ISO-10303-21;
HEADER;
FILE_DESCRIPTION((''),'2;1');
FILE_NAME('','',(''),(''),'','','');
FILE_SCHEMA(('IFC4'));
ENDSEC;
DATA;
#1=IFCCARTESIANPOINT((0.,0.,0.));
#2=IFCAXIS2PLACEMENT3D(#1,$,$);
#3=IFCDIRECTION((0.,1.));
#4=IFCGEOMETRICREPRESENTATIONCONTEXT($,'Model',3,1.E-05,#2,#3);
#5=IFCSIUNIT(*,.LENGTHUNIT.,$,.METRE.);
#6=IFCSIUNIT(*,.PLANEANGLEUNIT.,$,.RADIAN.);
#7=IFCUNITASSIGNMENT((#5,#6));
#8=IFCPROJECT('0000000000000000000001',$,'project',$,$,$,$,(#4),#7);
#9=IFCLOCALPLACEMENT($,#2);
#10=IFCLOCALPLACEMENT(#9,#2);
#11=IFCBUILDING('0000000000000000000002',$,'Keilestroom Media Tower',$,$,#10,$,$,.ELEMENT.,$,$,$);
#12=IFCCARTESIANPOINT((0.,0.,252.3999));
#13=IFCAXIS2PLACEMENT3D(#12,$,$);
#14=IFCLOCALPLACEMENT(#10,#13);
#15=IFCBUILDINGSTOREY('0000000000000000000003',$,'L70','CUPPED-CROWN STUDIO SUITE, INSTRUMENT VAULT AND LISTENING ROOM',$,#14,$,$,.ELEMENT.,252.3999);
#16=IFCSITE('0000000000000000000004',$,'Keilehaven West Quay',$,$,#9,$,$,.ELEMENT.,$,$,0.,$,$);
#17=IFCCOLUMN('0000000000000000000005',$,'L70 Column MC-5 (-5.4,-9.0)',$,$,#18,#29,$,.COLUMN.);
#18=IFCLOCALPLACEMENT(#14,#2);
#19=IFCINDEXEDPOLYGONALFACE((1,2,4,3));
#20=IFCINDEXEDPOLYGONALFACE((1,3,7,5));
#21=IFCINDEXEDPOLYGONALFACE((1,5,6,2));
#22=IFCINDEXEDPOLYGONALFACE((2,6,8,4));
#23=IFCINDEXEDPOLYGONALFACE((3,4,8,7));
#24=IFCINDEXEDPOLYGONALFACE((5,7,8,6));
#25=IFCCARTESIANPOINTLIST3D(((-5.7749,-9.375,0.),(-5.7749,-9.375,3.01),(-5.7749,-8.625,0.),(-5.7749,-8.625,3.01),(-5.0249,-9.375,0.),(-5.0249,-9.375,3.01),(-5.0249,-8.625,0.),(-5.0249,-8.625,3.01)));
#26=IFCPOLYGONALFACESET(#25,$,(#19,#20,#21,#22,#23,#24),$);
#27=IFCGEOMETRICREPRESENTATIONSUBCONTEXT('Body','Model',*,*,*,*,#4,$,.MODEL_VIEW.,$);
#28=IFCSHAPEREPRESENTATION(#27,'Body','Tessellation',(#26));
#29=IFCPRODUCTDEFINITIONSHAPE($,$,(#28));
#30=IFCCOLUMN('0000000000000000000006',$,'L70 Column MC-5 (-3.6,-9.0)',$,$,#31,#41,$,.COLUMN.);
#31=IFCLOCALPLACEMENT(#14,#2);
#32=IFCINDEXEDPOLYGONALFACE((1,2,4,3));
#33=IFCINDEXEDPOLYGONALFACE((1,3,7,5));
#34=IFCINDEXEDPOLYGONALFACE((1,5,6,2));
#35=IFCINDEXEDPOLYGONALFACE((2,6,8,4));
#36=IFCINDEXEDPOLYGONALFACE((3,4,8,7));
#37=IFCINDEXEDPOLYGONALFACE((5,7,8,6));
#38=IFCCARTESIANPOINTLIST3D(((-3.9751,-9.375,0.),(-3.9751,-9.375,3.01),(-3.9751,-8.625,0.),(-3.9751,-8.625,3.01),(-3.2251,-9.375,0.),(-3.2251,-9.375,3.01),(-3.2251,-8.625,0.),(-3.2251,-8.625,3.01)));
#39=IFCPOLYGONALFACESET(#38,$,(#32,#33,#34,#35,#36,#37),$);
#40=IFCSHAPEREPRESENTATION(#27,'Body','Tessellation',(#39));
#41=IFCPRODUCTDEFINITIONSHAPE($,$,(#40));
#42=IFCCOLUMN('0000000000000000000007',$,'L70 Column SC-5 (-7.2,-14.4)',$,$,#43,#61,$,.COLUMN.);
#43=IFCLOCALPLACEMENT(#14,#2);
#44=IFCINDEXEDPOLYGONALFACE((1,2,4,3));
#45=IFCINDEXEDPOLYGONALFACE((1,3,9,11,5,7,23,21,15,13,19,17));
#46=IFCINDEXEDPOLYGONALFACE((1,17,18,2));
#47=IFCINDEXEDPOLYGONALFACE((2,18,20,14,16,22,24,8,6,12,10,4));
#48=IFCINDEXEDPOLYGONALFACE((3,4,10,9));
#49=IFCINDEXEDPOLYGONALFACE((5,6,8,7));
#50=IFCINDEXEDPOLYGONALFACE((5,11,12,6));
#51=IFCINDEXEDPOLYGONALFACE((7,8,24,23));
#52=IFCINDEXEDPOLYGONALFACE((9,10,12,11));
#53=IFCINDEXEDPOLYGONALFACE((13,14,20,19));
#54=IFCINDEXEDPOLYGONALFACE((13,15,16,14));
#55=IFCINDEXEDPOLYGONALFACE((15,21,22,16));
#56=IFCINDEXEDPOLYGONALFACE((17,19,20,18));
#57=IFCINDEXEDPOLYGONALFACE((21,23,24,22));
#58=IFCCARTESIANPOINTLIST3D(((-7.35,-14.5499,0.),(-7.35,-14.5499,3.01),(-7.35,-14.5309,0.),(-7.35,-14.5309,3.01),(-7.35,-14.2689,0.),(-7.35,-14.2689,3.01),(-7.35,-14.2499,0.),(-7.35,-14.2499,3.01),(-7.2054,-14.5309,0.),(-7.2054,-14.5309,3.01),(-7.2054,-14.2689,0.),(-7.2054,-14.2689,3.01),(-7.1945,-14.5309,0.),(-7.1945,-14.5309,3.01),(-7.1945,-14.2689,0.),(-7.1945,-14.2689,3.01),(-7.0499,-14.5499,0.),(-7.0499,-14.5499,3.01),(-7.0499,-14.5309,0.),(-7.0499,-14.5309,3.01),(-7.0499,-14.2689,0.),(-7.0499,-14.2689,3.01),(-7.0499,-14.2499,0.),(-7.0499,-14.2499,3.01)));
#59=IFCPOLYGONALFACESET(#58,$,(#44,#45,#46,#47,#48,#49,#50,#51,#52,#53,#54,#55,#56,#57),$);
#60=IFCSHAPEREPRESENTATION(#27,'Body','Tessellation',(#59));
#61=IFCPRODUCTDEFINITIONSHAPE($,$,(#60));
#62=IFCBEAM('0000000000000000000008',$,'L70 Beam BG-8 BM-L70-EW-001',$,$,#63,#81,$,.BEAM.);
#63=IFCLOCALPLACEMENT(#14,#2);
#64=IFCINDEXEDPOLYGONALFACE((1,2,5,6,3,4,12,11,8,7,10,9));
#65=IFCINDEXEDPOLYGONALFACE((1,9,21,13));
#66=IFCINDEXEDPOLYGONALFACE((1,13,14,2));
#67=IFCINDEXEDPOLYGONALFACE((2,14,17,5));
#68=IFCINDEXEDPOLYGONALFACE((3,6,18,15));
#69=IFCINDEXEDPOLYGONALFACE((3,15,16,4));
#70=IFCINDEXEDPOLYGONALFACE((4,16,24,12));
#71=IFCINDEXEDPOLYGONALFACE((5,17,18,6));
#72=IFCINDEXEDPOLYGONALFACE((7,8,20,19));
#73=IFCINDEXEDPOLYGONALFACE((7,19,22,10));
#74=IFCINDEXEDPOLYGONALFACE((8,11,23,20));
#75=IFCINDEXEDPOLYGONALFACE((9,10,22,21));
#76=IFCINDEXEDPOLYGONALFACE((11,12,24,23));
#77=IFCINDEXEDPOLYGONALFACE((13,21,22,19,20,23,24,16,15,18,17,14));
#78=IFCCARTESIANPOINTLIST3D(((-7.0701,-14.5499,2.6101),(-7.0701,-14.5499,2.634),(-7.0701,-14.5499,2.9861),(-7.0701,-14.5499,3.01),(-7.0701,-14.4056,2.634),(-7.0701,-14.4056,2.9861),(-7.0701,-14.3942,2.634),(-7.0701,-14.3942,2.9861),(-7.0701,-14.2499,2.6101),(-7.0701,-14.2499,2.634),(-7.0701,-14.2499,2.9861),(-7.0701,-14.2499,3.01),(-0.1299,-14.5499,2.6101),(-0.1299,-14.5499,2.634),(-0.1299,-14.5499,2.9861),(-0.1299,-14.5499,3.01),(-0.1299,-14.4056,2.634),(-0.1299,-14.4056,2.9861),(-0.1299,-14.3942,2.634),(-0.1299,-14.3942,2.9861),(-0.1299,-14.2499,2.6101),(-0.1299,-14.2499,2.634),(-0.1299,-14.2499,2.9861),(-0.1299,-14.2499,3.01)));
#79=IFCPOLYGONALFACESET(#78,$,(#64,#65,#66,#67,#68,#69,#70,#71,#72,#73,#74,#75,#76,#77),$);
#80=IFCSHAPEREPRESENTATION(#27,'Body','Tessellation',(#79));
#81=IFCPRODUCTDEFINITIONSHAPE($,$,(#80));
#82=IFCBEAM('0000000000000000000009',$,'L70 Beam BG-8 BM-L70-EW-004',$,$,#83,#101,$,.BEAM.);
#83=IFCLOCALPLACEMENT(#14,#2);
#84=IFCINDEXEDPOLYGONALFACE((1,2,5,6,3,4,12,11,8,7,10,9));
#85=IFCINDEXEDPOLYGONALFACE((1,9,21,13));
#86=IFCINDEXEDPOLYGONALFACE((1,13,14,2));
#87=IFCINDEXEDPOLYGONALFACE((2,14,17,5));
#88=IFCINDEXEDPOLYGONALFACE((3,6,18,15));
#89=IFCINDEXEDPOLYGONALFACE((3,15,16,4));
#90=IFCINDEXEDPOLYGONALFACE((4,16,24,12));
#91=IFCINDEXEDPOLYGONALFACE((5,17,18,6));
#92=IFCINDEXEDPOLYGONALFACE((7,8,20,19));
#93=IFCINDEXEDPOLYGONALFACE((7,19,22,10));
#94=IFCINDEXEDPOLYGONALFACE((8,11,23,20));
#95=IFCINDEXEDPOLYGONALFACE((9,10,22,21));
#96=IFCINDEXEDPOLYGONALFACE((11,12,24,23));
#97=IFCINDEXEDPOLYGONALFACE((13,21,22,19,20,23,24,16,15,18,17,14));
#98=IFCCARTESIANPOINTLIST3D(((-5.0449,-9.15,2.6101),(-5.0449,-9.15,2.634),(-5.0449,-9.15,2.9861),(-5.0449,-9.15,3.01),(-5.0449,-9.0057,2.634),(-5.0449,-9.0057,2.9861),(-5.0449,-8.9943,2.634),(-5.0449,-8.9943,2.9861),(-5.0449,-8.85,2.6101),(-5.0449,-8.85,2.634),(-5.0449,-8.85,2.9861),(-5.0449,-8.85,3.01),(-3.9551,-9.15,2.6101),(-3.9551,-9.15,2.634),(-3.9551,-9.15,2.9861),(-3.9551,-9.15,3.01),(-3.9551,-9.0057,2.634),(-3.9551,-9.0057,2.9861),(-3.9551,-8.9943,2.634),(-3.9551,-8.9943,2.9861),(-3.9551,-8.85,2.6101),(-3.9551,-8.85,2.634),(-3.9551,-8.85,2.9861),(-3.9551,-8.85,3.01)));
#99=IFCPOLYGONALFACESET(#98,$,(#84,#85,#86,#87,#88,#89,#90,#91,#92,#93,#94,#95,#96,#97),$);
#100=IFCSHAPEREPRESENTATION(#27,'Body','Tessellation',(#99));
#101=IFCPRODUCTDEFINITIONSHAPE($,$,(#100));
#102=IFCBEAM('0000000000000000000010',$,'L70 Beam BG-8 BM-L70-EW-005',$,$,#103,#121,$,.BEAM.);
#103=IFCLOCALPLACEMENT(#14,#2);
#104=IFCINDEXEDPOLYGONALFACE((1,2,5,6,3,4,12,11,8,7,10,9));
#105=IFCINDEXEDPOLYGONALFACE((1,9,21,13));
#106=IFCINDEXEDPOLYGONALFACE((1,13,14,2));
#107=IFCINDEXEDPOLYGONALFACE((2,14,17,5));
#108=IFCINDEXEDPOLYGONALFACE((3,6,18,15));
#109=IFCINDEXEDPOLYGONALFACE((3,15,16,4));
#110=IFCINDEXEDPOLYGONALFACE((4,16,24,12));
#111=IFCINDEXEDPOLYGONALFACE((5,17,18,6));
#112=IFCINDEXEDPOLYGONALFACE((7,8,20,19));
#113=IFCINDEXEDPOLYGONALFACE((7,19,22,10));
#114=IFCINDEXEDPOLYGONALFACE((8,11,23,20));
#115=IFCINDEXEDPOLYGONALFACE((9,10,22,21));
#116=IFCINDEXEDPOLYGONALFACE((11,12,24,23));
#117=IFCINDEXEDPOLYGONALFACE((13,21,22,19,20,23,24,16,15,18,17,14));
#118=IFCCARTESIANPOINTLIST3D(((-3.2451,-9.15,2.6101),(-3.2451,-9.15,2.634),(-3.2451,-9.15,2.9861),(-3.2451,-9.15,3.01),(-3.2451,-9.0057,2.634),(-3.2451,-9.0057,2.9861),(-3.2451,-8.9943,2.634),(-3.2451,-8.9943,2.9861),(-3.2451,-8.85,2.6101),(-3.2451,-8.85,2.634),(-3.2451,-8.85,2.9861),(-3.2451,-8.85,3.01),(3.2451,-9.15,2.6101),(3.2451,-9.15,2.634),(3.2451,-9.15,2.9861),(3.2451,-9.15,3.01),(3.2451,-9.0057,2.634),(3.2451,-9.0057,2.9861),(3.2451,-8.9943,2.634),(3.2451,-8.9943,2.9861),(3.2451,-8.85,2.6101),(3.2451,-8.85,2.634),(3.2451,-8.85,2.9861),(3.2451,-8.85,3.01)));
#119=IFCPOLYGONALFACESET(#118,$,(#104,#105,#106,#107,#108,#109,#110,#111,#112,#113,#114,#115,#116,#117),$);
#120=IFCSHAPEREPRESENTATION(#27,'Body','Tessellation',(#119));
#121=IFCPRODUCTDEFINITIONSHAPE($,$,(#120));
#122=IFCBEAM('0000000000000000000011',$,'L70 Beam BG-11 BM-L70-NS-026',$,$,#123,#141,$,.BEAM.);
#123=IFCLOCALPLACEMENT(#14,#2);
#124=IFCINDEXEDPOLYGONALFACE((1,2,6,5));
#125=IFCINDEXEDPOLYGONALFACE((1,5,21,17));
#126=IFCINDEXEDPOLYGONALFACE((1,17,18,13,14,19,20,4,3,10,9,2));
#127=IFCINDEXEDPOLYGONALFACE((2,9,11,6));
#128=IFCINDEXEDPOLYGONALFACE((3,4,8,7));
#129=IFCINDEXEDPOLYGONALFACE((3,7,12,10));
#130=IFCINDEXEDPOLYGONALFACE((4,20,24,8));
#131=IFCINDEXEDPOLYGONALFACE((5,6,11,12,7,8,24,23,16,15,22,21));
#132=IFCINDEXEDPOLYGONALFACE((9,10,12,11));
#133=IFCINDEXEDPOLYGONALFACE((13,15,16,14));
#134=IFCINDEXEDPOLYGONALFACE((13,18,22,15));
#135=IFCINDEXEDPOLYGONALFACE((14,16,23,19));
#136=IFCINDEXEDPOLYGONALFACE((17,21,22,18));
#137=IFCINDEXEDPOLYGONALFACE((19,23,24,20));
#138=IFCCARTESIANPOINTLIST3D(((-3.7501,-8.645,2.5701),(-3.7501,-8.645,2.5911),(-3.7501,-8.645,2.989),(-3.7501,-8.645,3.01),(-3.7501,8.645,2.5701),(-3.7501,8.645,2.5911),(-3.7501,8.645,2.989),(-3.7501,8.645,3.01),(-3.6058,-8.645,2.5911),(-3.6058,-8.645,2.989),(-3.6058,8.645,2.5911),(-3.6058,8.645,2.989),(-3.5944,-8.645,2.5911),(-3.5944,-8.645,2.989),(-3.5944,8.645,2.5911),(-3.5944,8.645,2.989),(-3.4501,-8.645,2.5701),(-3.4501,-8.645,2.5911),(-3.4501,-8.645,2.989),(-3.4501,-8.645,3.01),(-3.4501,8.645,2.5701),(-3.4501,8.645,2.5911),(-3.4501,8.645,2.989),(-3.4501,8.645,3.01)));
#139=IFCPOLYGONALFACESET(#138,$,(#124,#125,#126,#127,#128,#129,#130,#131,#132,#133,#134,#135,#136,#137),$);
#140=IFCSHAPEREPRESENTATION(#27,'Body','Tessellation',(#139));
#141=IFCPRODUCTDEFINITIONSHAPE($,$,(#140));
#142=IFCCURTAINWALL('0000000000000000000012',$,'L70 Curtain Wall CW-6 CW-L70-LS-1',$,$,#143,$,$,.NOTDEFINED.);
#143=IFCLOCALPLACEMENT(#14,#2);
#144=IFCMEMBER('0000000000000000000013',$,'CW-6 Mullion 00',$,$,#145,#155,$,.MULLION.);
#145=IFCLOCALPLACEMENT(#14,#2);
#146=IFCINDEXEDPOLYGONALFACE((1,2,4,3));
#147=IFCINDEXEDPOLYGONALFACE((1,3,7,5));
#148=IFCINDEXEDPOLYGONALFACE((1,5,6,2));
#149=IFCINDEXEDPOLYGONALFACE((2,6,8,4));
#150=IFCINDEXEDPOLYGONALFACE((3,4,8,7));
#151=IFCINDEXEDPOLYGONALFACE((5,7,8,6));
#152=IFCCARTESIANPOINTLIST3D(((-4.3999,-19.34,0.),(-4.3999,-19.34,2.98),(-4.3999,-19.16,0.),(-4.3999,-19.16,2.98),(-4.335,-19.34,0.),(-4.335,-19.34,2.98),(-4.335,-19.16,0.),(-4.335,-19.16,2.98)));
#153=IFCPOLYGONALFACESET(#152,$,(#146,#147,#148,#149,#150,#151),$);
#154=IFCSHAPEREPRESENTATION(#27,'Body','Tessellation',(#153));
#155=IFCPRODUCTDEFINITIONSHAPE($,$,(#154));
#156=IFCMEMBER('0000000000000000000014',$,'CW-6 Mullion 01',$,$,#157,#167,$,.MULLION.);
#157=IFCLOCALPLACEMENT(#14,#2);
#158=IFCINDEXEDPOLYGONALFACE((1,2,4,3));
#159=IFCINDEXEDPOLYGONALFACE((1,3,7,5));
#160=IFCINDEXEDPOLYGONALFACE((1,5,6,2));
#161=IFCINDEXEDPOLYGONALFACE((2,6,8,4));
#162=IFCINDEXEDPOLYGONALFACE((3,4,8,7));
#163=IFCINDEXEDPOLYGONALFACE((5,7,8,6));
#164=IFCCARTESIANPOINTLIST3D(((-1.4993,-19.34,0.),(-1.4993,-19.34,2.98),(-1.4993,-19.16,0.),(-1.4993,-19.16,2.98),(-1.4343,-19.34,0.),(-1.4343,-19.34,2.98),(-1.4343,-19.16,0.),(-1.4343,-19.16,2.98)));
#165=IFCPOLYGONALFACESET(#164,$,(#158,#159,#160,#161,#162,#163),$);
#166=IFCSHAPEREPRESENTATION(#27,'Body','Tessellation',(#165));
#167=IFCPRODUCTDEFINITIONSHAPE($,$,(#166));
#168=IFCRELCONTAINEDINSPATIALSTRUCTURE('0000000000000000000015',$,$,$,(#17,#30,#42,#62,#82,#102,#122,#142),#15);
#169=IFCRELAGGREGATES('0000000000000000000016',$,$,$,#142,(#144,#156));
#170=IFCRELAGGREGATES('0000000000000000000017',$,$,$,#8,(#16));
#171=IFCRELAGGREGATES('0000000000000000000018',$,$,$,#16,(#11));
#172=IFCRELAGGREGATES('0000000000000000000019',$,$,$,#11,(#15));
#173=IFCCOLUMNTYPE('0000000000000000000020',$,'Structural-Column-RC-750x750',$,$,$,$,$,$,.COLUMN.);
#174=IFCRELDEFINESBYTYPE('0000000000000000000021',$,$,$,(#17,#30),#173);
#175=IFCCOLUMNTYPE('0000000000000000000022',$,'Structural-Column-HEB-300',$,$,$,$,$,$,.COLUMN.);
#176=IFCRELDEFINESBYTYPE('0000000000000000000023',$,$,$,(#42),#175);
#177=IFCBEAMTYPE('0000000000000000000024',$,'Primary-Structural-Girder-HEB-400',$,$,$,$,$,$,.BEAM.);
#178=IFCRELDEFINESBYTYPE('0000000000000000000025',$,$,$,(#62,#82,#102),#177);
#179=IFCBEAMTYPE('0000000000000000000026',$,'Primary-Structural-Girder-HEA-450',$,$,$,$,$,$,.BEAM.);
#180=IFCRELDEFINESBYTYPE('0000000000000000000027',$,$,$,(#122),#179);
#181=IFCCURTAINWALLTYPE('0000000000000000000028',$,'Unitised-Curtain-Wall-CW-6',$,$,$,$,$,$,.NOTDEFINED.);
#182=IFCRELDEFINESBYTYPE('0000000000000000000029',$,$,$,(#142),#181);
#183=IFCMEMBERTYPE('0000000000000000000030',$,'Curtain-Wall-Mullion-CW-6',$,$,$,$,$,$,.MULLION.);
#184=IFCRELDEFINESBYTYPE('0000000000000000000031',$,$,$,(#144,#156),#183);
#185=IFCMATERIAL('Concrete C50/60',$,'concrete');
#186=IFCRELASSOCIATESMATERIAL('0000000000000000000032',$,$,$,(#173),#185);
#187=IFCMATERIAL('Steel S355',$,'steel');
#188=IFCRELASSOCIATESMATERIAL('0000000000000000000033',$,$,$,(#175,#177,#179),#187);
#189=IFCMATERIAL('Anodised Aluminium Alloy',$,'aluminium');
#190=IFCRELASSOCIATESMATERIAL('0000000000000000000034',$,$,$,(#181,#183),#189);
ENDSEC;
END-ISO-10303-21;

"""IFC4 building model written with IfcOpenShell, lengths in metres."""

from ifc_helpers import new_model, si_unit, direction, frame, origin, origin_2d, place, context, subcontext, project, spatial, rectangle, i_section, extrude, source, transform, mapped, material, material_profile, profile_set, type_object, element, aggregate, save


model = new_model("IFC4")

# Units and contexts
model_context = context("Model", 3, precision=1e-05, world=origin(), true_north=direction((0.0, 1.0)))
body_context = subcontext(model_context, "Body", "Model", "MODEL_VIEW")
ifc_project = project(units=[si_unit("LENGTHUNIT", "METRE"), si_unit("PLANEANGLEUNIT", "RADIAN")], contexts=[model_context])

# Site, building, storey
site_placement = place(None, origin())
site = spatial("IfcSite", under=ifc_project, at=site_placement, Name="Keilehaven West Quay", CompositionType="ELEMENT", RefElevation=0.0)
building_placement = place(site_placement, origin())
building = spatial("IfcBuilding", under=site, at=building_placement, Name="Keilestroom Media Tower", CompositionType="ELEMENT")
storey_placement = place(building_placement, frame((0.0, 0.0, 252.3999)))
storey = spatial("IfcBuildingStorey", under=building, at=storey_placement, Name="L70", Description="CUPPED-CROWN STUDIO SUITE, INSTRUMENT VAULT AND LISTENING ROOM", CompositionType="ELEMENT", Elevation=252.3999)

# Columns
ifc_material_1 = material(Name="Concrete C50/60", Category="concrete")
ifc_material_profile_1 = material_profile(ifc_material_1, rectangle(XDim=0.75, YDim=0.75, at=origin_2d()), Name="RC 750x750")
ifc_profile_set_1 = profile_set([ifc_material_profile_1], Name="Concrete C50/60")
column_type_1 = type_object("IfcColumnType", Name="Structural-Column-RC-750x750", PredefinedType="COLUMN", material=ifc_profile_set_1)
shared_shape_1 = source(origin(), body_context, "Body", "SweptSolid", [
    extrude(rectangle(XDim=0.75, YDim=0.75, at=origin_2d()), origin(), (0.0, 0.0, 1.0), 3.01),
])
for number, where, z_axis, x_axis, name in (
    (1, (-5.3999, -9.0, 0.0), (0.0, 0.0, 1.0), (1.0, 0.0, 0.0), "L70 Column MC-5 (-5.4,-9.0)"),
    (2, (-3.6001, -9.0, 0.0), (0.0, 0.0, 1.0), (1.0, 0.0, 0.0), "L70 Column MC-5 (-3.6,-9.0)"),
):
    element("IfcColumn", number, at=place(storey_placement, frame(where, z_axis=z_axis, x_axis=x_axis)), inside=storey, type_object=column_type_1, Name=name, PredefinedType="COLUMN", context=body_context, shape_type="MappedRepresentation", body=[
        mapped(shared_shape_1, transform((0.0, 0.0, 0.0), x_axis=(1.0, 0.0, 0.0), y_axis=(0.0, 1.0, 0.0), z_axis=(0.0, 0.0, 1.0), scale=1.0)),
    ])
ifc_material_2 = material(Name="Steel S355", Category="steel")
ifc_material_profile_2 = material_profile(ifc_material_2, i_section(OverallWidth=0.3, OverallDepth=0.3, WebThickness=0.011, FlangeThickness=0.019, at=origin_2d()), Name="HEB 300")
ifc_profile_set_2 = profile_set([ifc_material_profile_2], Name="Steel S355")
column_type_2 = type_object("IfcColumnType", Name="Structural-Column-HEB-300", PredefinedType="COLUMN", material=ifc_profile_set_2)
shared_shape_2 = source(origin(), body_context, "Body", "SweptSolid", [
    extrude(i_section(OverallWidth=0.3, OverallDepth=0.3, WebThickness=0.011, FlangeThickness=0.019, at=origin_2d()), origin(), (0.0, 0.0, 1.0), 3.01),
])
column_placement = place(storey_placement, frame((-7.2, -14.3999, 0.0), z_axis=(0.0, 0.0, 1.0), x_axis=(1.0, 0.0, 0.0)))
element("IfcColumn", 3, at=column_placement, inside=storey, type_object=column_type_2, Name="L70 Column SC-5 (-7.2,-14.4)", PredefinedType="COLUMN", context=body_context, shape_type="MappedRepresentation", body=[
    mapped(shared_shape_2, transform((0.0, 0.0, 0.0), x_axis=(1.0, 0.0, 0.0), y_axis=(0.0, 1.0, 0.0), z_axis=(0.0, 0.0, 1.0), scale=1.0)),
])

# Beams
ifc_material_profile_3 = material_profile(ifc_material_2, i_section(OverallWidth=0.3, OverallDepth=0.3999, WebThickness=0.0115, FlangeThickness=0.0239, at=origin_2d()), Name="HEB 400")
ifc_profile_set_3 = profile_set([ifc_material_profile_3], Name="Steel S355")
beam_type_1 = type_object("IfcBeamType", Name="Primary-Structural-Girder-HEB-400", PredefinedType="BEAM", material=ifc_profile_set_3)
shared_shape_3 = source(origin(), body_context, "Body", "SweptSolid", [
    extrude(i_section(OverallWidth=0.3, OverallDepth=0.3999, WebThickness=0.0115, FlangeThickness=0.0239, at=origin_2d()), origin(), (0.0, 0.0, 1.0), 6.9402),
])
beam_1_placement = place(storey_placement, frame((-7.0701, -14.3999, 2.8101), z_axis=(1.0, 0.0, 0.0), x_axis=(0.0, 1.0, 0.0)))
element("IfcBeam", 4, at=beam_1_placement, inside=storey, type_object=beam_type_1, Name="L70 Beam BG-8 BM-L70-EW-001", PredefinedType="BEAM", context=body_context, shape_type="MappedRepresentation", body=[
    mapped(shared_shape_3, transform((0.0, 0.0, 0.0), x_axis=(1.0, 0.0, 0.0), y_axis=(0.0, 1.0, 0.0), z_axis=(0.0, 0.0, 1.0), scale=1.0)),
])
shared_shape_4 = source(origin(), body_context, "Body", "SweptSolid", [
    extrude(i_section(OverallWidth=0.3, OverallDepth=0.3999, WebThickness=0.0115, FlangeThickness=0.0239, at=origin_2d()), origin(), (0.0, 0.0, 1.0), 1.0898),
])
beam_2_placement = place(storey_placement, frame((-5.0449, -9.0, 2.8101), z_axis=(1.0, 0.0, 0.0), x_axis=(0.0, 1.0, 0.0)))
element("IfcBeam", 5, at=beam_2_placement, inside=storey, type_object=beam_type_1, Name="L70 Beam BG-8 BM-L70-EW-004", PredefinedType="BEAM", context=body_context, shape_type="MappedRepresentation", body=[
    mapped(shared_shape_4, transform((0.0, 0.0, 0.0), x_axis=(1.0, 0.0, 0.0), y_axis=(0.0, 1.0, 0.0), z_axis=(0.0, 0.0, 1.0), scale=1.0)),
])
shared_shape_5 = source(origin(), body_context, "Body", "SweptSolid", [
    extrude(i_section(OverallWidth=0.3, OverallDepth=0.3999, WebThickness=0.0115, FlangeThickness=0.0239, at=origin_2d()), origin(), (0.0, 0.0, 1.0), 6.4902),
])
beam_3_placement = place(storey_placement, frame((-3.2451, -9.0, 2.8101), z_axis=(1.0, 0.0, 0.0), x_axis=(0.0, 1.0, 0.0)))
element("IfcBeam", 6, at=beam_3_placement, inside=storey, type_object=beam_type_1, Name="L70 Beam BG-8 BM-L70-EW-005", PredefinedType="BEAM", context=body_context, shape_type="MappedRepresentation", body=[
    mapped(shared_shape_5, transform((0.0, 0.0, 0.0), x_axis=(1.0, 0.0, 0.0), y_axis=(0.0, 1.0, 0.0), z_axis=(0.0, 0.0, 1.0), scale=1.0)),
])
ifc_material_profile_4 = material_profile(ifc_material_2, i_section(OverallWidth=0.3, OverallDepth=0.4399, WebThickness=0.0115, FlangeThickness=0.021, at=origin_2d()), Name="HEA 450")
ifc_profile_set_4 = profile_set([ifc_material_profile_4], Name="Steel S355")
beam_type_2 = type_object("IfcBeamType", Name="Primary-Structural-Girder-HEA-450", PredefinedType="BEAM", material=ifc_profile_set_4)
shared_shape_6 = source(origin(), body_context, "Body", "SweptSolid", [
    extrude(i_section(OverallWidth=0.3, OverallDepth=0.4399, WebThickness=0.0115, FlangeThickness=0.021, at=origin_2d()), origin(), (0.0, 0.0, 1.0), 17.29),
])
beam_4_placement = place(storey_placement, frame((-3.6001, -8.645, 2.79), z_axis=(0.0, 1.0, 0.0), x_axis=(-1.0, 0.0, 0.0)))
element("IfcBeam", 7, at=beam_4_placement, inside=storey, type_object=beam_type_2, Name="L70 Beam BG-11 BM-L70-NS-026", PredefinedType="BEAM", context=body_context, shape_type="MappedRepresentation", body=[
    mapped(shared_shape_6, transform((0.0, 0.0, 0.0), x_axis=(1.0, 0.0, 0.0), y_axis=(0.0, 1.0, 0.0), z_axis=(0.0, 0.0, 1.0), scale=1.0)),
])

# Curtain wall, members
ifc_material_3 = material(Name="Anodised Aluminium Alloy", Category="aluminium")
curtain_wall_type = type_object("IfcCurtainWallType", Name="Unitised-Curtain-Wall-CW-6", PredefinedType="NOTDEFINED", material=ifc_material_3)
curtain_wall_placement = place(storey_placement, origin())
curtain_wall = element("IfcCurtainWall", 8, at=curtain_wall_placement, inside=storey, type_object=curtain_wall_type, Name="L70 Curtain Wall CW-6 CW-L70-LS-1", PredefinedType="NOTDEFINED")
ifc_material_profile_5 = material_profile(ifc_material_3, rectangle(XDim=0.0649, YDim=0.1799, at=origin_2d()), Name="ALU MULLION 65x180")
ifc_profile_set_5 = profile_set([ifc_material_profile_5], Name="Anodised Aluminium Alloy")
member_type_1 = type_object("IfcMemberType", Name="Curtain-Wall-Mullion-CW-6", PredefinedType="MULLION", material=ifc_profile_set_5)
shared_shape_7 = source(origin(), body_context, "Body", "SweptSolid", [
    extrude(rectangle(XDim=0.0649, YDim=0.1799, at=origin_2d()), origin(), (0.0, 0.0, 1.0), 2.98),
])
member_1_placement = place(storey_placement, frame((-4.3674, -19.25, 0.0), z_axis=(0.0, 0.0, 1.0), x_axis=(1.0, 0.0, 0.0)))
member_1 = element("IfcMember", 9, at=member_1_placement, type_object=member_type_1, Name="CW-6 Mullion 00", PredefinedType="MULLION", context=body_context, shape_type="MappedRepresentation", body=[
    mapped(shared_shape_7, transform((0.0, 0.0, 0.0), x_axis=(1.0, 0.0, 0.0), y_axis=(0.0, 1.0, 0.0), z_axis=(0.0, 0.0, 1.0), scale=1.0)),
])
member_2_placement = place(storey_placement, frame((-1.4668, -19.25, 0.0), z_axis=(0.0, 0.0, 1.0), x_axis=(1.0, 0.0, 0.0)))
member_2 = element("IfcMember", 10, at=member_2_placement, type_object=member_type_1, Name="CW-6 Mullion 01", PredefinedType="MULLION", context=body_context, shape_type="MappedRepresentation", body=[
    mapped(shared_shape_7, transform((0.0, 0.0, 0.0), x_axis=(1.0, 0.0, 0.0), y_axis=(0.0, 1.0, 0.0), z_axis=(0.0, 0.0, 1.0), scale=1.0)),
])
aggregate(curtain_wall, [member_1, member_2])

save(model, "model.ifc")
